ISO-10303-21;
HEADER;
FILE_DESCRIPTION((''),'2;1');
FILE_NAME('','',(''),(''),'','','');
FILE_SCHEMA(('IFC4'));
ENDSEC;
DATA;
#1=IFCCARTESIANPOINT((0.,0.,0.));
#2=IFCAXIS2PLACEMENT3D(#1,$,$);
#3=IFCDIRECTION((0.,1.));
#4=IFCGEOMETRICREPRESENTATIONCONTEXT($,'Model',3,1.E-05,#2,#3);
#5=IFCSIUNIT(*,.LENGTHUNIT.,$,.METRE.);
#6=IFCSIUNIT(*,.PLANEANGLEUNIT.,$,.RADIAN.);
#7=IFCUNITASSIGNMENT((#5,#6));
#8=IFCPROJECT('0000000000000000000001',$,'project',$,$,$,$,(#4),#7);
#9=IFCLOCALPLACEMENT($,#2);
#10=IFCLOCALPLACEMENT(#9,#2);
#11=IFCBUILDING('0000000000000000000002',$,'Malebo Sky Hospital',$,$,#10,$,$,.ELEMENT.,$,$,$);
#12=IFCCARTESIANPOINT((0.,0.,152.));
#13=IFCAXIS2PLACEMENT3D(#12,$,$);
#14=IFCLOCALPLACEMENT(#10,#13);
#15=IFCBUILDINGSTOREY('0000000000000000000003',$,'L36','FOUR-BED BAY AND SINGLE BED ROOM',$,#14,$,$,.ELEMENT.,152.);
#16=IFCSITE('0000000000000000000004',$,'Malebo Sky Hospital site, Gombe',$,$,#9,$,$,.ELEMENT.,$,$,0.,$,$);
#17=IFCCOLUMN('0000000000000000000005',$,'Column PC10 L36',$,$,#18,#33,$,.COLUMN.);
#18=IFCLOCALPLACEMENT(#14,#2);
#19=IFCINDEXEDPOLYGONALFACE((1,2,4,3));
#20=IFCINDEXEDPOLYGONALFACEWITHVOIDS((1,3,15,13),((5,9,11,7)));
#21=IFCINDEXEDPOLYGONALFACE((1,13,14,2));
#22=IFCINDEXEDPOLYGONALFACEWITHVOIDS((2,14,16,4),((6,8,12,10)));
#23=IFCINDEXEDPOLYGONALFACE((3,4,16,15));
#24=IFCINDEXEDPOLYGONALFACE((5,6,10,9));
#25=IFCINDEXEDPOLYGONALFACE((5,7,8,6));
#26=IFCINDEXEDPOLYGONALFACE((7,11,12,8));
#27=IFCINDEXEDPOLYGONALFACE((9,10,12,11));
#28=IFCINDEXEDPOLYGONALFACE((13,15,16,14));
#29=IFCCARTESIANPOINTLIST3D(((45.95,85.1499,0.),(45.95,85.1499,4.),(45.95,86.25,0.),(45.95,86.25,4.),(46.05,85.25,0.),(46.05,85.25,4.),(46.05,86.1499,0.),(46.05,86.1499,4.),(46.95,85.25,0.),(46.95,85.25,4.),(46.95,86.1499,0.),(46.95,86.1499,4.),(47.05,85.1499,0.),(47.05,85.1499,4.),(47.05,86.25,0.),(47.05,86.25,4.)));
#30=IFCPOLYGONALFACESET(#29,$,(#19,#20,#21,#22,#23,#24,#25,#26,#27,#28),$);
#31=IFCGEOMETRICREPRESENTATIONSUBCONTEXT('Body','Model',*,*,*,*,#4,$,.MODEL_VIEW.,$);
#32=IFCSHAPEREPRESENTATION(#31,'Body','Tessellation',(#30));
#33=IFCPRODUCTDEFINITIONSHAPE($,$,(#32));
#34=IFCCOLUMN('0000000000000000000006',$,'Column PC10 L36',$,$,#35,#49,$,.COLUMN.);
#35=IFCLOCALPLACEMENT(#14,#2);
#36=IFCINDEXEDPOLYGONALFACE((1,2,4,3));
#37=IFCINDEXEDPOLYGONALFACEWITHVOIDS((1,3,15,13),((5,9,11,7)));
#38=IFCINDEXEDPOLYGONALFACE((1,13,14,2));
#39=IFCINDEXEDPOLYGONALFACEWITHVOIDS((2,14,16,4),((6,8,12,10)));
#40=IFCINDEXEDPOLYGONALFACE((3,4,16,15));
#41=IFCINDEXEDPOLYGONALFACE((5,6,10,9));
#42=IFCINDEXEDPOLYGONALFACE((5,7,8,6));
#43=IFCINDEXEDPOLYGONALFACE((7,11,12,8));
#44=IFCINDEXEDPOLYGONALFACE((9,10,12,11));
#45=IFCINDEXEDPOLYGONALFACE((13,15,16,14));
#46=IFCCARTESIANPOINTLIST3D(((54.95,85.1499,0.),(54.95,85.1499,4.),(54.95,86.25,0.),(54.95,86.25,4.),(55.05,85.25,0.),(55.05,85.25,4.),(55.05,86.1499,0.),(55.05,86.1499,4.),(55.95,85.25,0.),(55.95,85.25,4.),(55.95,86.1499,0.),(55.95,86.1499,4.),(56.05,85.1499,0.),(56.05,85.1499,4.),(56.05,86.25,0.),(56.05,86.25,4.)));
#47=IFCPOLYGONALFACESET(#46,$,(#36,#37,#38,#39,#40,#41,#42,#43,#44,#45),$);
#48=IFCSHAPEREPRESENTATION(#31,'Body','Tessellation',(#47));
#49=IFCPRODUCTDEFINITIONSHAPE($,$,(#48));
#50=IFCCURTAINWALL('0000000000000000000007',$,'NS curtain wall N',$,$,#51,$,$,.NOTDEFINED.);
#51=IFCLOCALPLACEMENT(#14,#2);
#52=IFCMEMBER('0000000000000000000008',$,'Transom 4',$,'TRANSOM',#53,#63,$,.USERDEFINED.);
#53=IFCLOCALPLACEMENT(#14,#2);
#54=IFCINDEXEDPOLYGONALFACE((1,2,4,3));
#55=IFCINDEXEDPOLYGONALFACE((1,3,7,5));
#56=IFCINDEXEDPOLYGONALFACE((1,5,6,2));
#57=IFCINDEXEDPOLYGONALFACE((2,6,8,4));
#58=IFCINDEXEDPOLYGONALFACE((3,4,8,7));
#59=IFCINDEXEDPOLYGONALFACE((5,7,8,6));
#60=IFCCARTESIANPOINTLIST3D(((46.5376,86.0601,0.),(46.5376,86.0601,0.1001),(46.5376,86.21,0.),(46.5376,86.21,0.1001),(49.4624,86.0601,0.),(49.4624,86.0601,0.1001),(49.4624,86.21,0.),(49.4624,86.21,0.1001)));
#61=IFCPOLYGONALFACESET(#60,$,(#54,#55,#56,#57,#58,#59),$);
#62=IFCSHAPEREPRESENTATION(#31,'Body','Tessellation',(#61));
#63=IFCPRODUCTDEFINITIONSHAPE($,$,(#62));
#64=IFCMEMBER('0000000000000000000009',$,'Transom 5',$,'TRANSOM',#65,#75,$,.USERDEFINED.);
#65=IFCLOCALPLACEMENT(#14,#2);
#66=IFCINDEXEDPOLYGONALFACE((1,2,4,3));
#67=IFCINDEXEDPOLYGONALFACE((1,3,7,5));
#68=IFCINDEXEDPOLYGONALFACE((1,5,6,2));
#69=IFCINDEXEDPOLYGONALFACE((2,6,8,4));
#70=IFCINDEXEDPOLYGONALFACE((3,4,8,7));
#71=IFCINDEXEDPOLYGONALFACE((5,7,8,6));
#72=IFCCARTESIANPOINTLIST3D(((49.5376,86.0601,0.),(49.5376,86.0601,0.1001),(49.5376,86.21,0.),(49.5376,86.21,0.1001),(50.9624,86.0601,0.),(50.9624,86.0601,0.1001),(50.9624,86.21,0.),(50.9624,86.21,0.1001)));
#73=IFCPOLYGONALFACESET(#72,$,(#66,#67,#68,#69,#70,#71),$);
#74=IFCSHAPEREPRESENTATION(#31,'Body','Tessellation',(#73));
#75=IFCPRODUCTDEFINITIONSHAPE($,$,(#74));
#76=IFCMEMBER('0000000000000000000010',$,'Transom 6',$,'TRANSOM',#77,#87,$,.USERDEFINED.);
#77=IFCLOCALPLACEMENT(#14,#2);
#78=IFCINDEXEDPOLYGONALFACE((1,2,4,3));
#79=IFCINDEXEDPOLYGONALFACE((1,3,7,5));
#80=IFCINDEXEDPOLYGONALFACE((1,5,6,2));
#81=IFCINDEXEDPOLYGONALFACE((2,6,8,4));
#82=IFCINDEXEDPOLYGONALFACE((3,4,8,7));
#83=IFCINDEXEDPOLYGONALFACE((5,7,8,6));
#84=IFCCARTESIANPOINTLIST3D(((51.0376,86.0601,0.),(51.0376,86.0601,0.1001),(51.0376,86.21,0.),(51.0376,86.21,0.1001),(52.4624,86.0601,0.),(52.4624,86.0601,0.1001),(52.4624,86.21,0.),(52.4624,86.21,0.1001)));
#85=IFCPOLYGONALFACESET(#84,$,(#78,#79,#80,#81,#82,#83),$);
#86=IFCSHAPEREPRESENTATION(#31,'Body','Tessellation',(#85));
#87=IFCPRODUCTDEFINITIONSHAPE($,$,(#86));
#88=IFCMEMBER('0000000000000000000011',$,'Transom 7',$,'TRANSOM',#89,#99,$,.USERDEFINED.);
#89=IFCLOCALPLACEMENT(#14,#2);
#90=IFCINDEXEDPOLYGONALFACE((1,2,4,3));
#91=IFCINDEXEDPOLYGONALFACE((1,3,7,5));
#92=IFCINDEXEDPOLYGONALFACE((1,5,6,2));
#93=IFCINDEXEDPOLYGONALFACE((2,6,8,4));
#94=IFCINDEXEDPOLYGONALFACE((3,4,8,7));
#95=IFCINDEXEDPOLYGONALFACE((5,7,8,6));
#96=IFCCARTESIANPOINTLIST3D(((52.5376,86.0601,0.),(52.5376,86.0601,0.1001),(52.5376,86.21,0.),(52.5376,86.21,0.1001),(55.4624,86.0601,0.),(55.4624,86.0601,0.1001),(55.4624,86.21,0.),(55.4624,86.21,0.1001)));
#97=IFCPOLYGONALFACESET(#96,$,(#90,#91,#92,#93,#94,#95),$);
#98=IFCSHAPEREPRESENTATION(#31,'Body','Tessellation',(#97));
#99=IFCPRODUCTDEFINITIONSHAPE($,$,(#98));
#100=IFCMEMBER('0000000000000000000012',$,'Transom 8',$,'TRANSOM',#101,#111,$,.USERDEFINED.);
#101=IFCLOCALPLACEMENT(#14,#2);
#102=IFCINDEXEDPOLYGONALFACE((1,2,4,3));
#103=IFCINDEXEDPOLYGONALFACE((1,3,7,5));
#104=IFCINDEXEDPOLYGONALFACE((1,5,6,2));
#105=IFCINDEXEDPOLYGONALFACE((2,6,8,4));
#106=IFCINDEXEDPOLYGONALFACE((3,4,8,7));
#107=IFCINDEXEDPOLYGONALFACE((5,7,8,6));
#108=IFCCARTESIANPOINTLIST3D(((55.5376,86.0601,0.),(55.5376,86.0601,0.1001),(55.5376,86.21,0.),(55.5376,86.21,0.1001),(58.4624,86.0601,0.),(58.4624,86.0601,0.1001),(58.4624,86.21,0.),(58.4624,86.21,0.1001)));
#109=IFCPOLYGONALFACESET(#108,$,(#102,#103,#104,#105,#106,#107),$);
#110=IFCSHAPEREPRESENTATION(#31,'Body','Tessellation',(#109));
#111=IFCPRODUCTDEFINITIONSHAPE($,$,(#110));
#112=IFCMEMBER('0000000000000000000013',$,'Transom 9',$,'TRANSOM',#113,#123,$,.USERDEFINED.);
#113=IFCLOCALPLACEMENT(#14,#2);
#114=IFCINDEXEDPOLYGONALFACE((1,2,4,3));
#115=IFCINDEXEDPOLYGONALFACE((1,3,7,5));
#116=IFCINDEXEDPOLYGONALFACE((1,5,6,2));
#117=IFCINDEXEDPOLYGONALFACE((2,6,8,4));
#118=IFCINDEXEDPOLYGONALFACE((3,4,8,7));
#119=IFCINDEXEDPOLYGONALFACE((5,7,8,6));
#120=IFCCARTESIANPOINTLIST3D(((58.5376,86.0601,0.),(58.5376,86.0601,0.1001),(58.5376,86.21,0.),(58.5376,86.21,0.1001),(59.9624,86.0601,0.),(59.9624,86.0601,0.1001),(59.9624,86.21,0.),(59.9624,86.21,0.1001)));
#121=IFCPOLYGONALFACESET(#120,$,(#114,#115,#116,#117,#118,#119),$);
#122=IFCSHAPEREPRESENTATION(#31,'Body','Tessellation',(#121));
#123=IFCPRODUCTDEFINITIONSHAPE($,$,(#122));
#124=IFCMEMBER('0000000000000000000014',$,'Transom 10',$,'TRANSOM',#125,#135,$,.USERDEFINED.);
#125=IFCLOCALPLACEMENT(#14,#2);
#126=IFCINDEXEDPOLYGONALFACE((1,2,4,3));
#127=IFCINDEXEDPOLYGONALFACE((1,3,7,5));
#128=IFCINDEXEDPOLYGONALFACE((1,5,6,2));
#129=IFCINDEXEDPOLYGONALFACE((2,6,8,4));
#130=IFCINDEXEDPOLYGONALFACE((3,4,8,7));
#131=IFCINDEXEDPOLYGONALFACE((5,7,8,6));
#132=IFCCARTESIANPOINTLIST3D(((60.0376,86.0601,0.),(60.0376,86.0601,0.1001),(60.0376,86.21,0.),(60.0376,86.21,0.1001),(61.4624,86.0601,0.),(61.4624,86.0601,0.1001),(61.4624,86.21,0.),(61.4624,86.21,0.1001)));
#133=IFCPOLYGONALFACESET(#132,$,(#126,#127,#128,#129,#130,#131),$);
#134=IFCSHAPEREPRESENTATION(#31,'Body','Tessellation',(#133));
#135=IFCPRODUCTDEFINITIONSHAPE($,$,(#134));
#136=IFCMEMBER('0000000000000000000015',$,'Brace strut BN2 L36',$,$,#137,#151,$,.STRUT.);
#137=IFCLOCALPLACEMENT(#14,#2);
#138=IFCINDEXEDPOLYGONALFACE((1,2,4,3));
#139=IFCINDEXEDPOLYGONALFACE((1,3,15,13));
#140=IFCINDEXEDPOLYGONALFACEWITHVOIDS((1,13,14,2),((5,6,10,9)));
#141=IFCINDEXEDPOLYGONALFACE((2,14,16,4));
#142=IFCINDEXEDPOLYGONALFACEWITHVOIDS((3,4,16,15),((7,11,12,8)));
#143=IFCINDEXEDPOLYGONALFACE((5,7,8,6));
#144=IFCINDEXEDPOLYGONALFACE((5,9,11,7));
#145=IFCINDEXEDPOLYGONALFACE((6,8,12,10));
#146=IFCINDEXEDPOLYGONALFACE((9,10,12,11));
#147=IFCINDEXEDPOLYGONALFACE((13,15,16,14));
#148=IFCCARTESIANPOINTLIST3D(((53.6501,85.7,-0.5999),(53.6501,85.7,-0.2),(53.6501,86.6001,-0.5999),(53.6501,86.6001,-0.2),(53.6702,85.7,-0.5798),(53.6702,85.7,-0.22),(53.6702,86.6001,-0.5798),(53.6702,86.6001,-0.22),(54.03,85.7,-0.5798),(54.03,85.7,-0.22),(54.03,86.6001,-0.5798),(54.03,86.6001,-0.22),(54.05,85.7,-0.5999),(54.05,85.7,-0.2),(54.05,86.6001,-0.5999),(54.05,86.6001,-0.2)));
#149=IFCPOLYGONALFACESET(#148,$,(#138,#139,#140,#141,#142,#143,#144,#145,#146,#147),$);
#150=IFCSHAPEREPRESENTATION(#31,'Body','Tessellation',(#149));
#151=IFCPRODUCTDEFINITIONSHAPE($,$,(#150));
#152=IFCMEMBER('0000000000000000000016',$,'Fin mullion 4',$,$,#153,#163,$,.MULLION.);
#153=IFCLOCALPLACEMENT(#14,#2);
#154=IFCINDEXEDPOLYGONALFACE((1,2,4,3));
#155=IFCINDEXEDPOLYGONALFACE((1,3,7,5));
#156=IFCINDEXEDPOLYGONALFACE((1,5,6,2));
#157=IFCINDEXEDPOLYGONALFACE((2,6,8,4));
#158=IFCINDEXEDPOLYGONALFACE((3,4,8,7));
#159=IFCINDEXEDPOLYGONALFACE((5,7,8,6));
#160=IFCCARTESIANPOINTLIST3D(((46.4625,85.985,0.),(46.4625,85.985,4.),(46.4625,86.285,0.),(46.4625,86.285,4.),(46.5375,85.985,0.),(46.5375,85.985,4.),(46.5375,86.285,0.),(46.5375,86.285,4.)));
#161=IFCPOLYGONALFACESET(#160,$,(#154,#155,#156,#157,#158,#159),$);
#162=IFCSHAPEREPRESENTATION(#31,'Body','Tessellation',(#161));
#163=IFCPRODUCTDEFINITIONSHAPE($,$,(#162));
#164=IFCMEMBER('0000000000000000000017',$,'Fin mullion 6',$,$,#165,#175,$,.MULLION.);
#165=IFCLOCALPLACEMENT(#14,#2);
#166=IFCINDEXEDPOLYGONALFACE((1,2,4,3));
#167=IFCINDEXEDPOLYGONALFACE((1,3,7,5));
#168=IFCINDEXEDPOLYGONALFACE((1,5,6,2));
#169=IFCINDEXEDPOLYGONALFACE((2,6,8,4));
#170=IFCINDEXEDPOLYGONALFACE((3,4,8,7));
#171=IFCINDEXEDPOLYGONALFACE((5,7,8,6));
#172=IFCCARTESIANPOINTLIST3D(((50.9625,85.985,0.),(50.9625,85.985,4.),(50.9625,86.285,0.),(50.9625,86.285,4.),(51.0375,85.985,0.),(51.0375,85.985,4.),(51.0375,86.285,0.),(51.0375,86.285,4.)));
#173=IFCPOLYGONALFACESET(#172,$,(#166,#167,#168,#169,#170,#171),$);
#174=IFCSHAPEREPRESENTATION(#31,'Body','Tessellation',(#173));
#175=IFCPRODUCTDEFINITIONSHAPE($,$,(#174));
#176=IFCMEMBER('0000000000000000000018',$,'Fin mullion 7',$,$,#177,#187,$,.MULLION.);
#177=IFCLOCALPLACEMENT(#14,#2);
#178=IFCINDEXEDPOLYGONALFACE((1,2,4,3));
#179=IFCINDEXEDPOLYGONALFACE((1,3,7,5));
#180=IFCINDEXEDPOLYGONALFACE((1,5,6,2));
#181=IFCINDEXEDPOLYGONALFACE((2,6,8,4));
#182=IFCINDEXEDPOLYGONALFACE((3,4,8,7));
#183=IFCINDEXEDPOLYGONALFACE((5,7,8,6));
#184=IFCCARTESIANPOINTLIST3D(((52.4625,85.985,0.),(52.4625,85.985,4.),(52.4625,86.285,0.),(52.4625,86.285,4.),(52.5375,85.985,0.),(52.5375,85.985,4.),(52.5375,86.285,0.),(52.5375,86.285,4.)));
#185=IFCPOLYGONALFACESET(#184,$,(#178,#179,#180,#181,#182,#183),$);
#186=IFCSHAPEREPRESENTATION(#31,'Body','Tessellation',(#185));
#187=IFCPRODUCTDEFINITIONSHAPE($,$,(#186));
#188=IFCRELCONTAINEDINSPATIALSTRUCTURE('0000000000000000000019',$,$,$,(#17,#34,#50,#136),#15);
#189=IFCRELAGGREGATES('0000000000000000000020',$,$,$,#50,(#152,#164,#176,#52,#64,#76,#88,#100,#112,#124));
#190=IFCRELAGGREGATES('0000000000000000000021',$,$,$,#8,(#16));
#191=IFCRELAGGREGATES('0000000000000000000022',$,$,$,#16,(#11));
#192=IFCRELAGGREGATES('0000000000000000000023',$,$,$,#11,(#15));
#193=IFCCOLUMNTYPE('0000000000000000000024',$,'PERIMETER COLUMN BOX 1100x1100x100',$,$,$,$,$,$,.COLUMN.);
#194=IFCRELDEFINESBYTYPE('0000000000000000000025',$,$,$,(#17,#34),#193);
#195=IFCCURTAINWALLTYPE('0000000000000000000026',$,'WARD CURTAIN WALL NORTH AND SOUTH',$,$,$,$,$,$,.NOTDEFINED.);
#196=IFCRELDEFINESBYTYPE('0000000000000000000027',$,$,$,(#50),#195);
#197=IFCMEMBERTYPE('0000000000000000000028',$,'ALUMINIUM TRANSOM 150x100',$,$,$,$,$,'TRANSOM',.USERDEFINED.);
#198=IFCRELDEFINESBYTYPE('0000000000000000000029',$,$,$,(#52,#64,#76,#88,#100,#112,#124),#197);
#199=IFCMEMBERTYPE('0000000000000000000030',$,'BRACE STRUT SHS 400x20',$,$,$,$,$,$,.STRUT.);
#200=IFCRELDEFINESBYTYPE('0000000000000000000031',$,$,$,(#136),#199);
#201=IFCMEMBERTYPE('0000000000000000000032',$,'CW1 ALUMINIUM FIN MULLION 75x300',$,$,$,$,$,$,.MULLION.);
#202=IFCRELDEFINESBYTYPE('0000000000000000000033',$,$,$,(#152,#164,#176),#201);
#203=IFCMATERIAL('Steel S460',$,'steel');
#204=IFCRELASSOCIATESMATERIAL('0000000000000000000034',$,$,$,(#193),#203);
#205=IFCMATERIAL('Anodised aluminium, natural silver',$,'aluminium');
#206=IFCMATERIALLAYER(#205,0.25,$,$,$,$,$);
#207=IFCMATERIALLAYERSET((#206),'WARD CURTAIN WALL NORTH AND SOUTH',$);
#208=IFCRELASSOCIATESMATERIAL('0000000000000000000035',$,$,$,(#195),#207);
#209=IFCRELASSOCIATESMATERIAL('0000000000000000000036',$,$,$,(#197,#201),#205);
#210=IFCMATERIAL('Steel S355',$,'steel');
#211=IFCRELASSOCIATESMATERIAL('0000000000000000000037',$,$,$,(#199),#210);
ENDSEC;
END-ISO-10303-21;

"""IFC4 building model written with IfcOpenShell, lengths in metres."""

from ifc_helpers import new_model, si_unit, direction, frame, origin, origin_2d, place, context, subcontext, project, spatial, rectangle, hollow_rectangle, extrude, material, layer, layer_set, material_profile, profile_set, type_object, element, aggregate, save


model = new_model("IFC4")

# Units and contexts
model_context = context("Model", 3, precision=1e-05, world=origin(), true_north=direction((0.0, 1.0)))
body_context = subcontext(model_context, "Body", "Model", "MODEL_VIEW")
ifc_project = project(units=[si_unit("LENGTHUNIT", "METRE"), si_unit("PLANEANGLEUNIT", "RADIAN")], contexts=[model_context])

# Site, building, storey
site_placement = place(None, origin())
site = spatial("IfcSite", under=ifc_project, at=site_placement, Name="Malebo Sky Hospital site, Gombe", CompositionType="ELEMENT", RefElevation=0.0)
building_placement = place(site_placement, origin())
building = spatial("IfcBuilding", under=site, at=building_placement, Name="Malebo Sky Hospital", CompositionType="ELEMENT")
storey_placement = place(building_placement, frame((0.0, 0.0, 152.0)))
storey = spatial("IfcBuildingStorey", under=building, at=storey_placement, Name="L36", Description="FOUR-BED BAY AND SINGLE BED ROOM", CompositionType="ELEMENT", Elevation=152.0)

# Columns
ifc_material_1 = material(Name="Steel S460", Category="steel")
ifc_material_profile_1 = material_profile(ifc_material_1, hollow_rectangle(XDim=1.1001, YDim=1.1001, WallThickness=0.1001, at=origin_2d()), Name="BOX 1100x1100x100")
ifc_profile_set_1 = profile_set([ifc_material_profile_1], Name="Steel S460")
column_type = type_object("IfcColumnType", Name="PERIMETER COLUMN BOX 1100x1100x100", PredefinedType="COLUMN", material=ifc_profile_set_1)
for number, where, z_axis, x_axis, name in (
    (1, (46.5, 85.7, 0.0), (0.0, 0.0, 1.0), (1.0, 0.0, 0.0), "Column PC10 L36"),
    (2, (55.5, 85.7, 0.0), (0.0, 0.0, 1.0), (1.0, 0.0, 0.0), "Column PC10 L36"),
):
    element("IfcColumn", number, at=place(storey_placement, frame(where, z_axis=z_axis, x_axis=x_axis)), inside=storey, type_object=column_type, Name=name, PredefinedType="COLUMN", context=body_context, shape_type="SweptSolid", body=[
        extrude(hollow_rectangle(XDim=1.1001, YDim=1.1001, WallThickness=0.1001, at=origin_2d()), origin(), (0.0, 0.0, 1.0), 4.0),
    ])

# Curtain wall, members
ifc_material_2 = material(Name="Anodised aluminium, natural silver", Category="aluminium")
ifc_layer_1 = layer(ifc_material_2, 0.25)
ifc_layer_set_1 = layer_set([ifc_layer_1], Name="WARD CURTAIN WALL NORTH AND SOUTH")
curtain_wall_type = type_object("IfcCurtainWallType", Name="WARD CURTAIN WALL NORTH AND SOUTH", PredefinedType="NOTDEFINED", material=ifc_layer_set_1)
curtain_wall_placement = place(storey_placement, origin())
curtain_wall = element("IfcCurtainWall", 3, at=curtain_wall_placement, inside=storey, type_object=curtain_wall_type, Name="NS curtain wall N", PredefinedType="NOTDEFINED")
ifc_material_profile_2 = material_profile(ifc_material_2, rectangle(XDim=0.1499, YDim=0.1001, at=origin_2d()), Name="ALUMINIUM TRANSOM 150x100")
ifc_profile_set_2 = profile_set([ifc_material_profile_2], Name="Anodised aluminium, natural silver")
member_type_1 = type_object("IfcMemberType", Name="ALUMINIUM TRANSOM 150x100", ElementType="TRANSOM", PredefinedType="USERDEFINED", material=ifc_profile_set_2)
member_1_placement = place(storey_placement, frame((46.5376, 86.135, 0.05), z_axis=(1.0, 0.0, 0.0), x_axis=(0.0, 1.0, 0.0)))
member_1 = element("IfcMember", 4, at=member_1_placement, type_object=member_type_1, Name="Transom 4", ObjectType="TRANSOM", PredefinedType="USERDEFINED", context=body_context, shape_type="SweptSolid", body=[
    extrude(rectangle(XDim=0.1499, YDim=0.1001, at=origin_2d()), origin(), (0.0, 0.0, 1.0), 2.9248),
])
member_2_placement = place(storey_placement, frame((49.5376, 86.135, 0.05), z_axis=(1.0, 0.0, 0.0), x_axis=(0.0, 1.0, 0.0)))
member_2 = element("IfcMember", 5, at=member_2_placement, type_object=member_type_1, Name="Transom 5", ObjectType="TRANSOM", PredefinedType="USERDEFINED", context=body_context, shape_type="SweptSolid", body=[
    extrude(rectangle(XDim=0.1499, YDim=0.1001, at=origin_2d()), origin(), (0.0, 0.0, 1.0), 1.4248),
])
member_3_placement = place(storey_placement, frame((51.0376, 86.135, 0.05), z_axis=(1.0, 0.0, 0.0), x_axis=(0.0, 1.0, 0.0)))
member_3 = element("IfcMember", 6, at=member_3_placement, type_object=member_type_1, Name="Transom 6", ObjectType="TRANSOM", PredefinedType="USERDEFINED", context=body_context, shape_type="SweptSolid", body=[
    extrude(rectangle(XDim=0.1499, YDim=0.1001, at=origin_2d()), origin(), (0.0, 0.0, 1.0), 1.4248),
])
member_4_placement = place(storey_placement, frame((52.5376, 86.135, 0.05), z_axis=(1.0, 0.0, 0.0), x_axis=(0.0, 1.0, 0.0)))
member_4 = element("IfcMember", 7, at=member_4_placement, type_object=member_type_1, Name="Transom 7", ObjectType="TRANSOM", PredefinedType="USERDEFINED", context=body_context, shape_type="SweptSolid", body=[
    extrude(rectangle(XDim=0.1499, YDim=0.1001, at=origin_2d()), origin(), (0.0, 0.0, 1.0), 2.9248),
])
member_5_placement = place(storey_placement, frame((55.5376, 86.135, 0.05), z_axis=(1.0, 0.0, 0.0), x_axis=(0.0, 1.0, 0.0)))
member_5 = element("IfcMember", 8, at=member_5_placement, type_object=member_type_1, Name="Transom 8", ObjectType="TRANSOM", PredefinedType="USERDEFINED", context=body_context, shape_type="SweptSolid", body=[
    extrude(rectangle(XDim=0.1499, YDim=0.1001, at=origin_2d()), origin(), (0.0, 0.0, 1.0), 2.9248),
])
member_6_placement = place(storey_placement, frame((58.5376, 86.135, 0.05), z_axis=(1.0, 0.0, 0.0), x_axis=(0.0, 1.0, 0.0)))
member_6 = element("IfcMember", 9, at=member_6_placement, type_object=member_type_1, Name="Transom 9", ObjectType="TRANSOM", PredefinedType="USERDEFINED", context=body_context, shape_type="SweptSolid", body=[
    extrude(rectangle(XDim=0.1499, YDim=0.1001, at=origin_2d()), origin(), (0.0, 0.0, 1.0), 1.4248),
])
member_7_placement = place(storey_placement, frame((60.0376, 86.135, 0.05), z_axis=(1.0, 0.0, 0.0), x_axis=(0.0, 1.0, 0.0)))
member_7 = element("IfcMember", 10, at=member_7_placement, type_object=member_type_1, Name="Transom 10", ObjectType="TRANSOM", PredefinedType="USERDEFINED", context=body_context, shape_type="SweptSolid", body=[
    extrude(rectangle(XDim=0.1499, YDim=0.1001, at=origin_2d()), origin(), (0.0, 0.0, 1.0), 1.4248),
])

# Members
ifc_material_3 = material(Name="Steel S355", Category="steel")
ifc_material_profile_3 = material_profile(ifc_material_3, hollow_rectangle(XDim=0.3999, YDim=0.3999, WallThickness=0.02, at=origin_2d()), Name="SHS 400x20")
ifc_profile_set_3 = profile_set([ifc_material_profile_3], Name="Steel S355")
member_type_2 = type_object("IfcMemberType", Name="BRACE STRUT SHS 400x20", PredefinedType="STRUT", material=ifc_profile_set_3)
member_8_placement = place(storey_placement, frame((53.8501, 86.6001, -0.3999), z_axis=(0.0, -1.0, 0.0), x_axis=(1.0, 0.0, 0.0)))
element("IfcMember", 11, at=member_8_placement, inside=storey, type_object=member_type_2, Name="Brace strut BN2 L36", PredefinedType="STRUT", context=body_context, shape_type="SweptSolid", body=[
    extrude(hollow_rectangle(XDim=0.3999, YDim=0.3999, WallThickness=0.02, at=origin_2d()), origin(), (0.0, 0.0, 1.0), 0.9001),
])
ifc_material_profile_4 = material_profile(ifc_material_2, rectangle(XDim=0.075, YDim=0.3, at=origin_2d()), Name="CW1 ALUMINIUM FIN MULLION 75x300")
ifc_profile_set_4 = profile_set([ifc_material_profile_4], Name="Anodised aluminium, natural silver")
member_type_3 = type_object("IfcMemberType", Name="CW1 ALUMINIUM FIN MULLION 75x300", PredefinedType="MULLION", material=ifc_profile_set_4)
member_9_placement = place(storey_placement, frame((46.5, 86.135, 0.0), z_axis=(0.0, 0.0, 1.0), x_axis=(1.0, 0.0, 0.0)))
member_9 = element("IfcMember", 12, at=member_9_placement, type_object=member_type_3, Name="Fin mullion 4", PredefinedType="MULLION", context=body_context, shape_type="SweptSolid", body=[
    extrude(rectangle(XDim=0.075, YDim=0.3, at=origin_2d()), origin(), (0.0, 0.0, 1.0), 4.0),
])
member_10_placement = place(storey_placement, frame((51.0, 86.135, 0.0), z_axis=(0.0, 0.0, 1.0), x_axis=(1.0, 0.0, 0.0)))
member_10 = element("IfcMember", 13, at=member_10_placement, type_object=member_type_3, Name="Fin mullion 6", PredefinedType="MULLION", context=body_context, shape_type="SweptSolid", body=[
    extrude(rectangle(XDim=0.075, YDim=0.3, at=origin_2d()), origin(), (0.0, 0.0, 1.0), 4.0),
])
member_11_placement = place(storey_placement, frame((52.5, 86.135, 0.0), z_axis=(0.0, 0.0, 1.0), x_axis=(1.0, 0.0, 0.0)))
member_11 = element("IfcMember", 14, at=member_11_placement, type_object=member_type_3, Name="Fin mullion 7", PredefinedType="MULLION", context=body_context, shape_type="SweptSolid", body=[
    extrude(rectangle(XDim=0.075, YDim=0.3, at=origin_2d()), origin(), (0.0, 0.0, 1.0), 4.0),
])

aggregate(curtain_wall, [member_9, member_10, member_11, member_1, member_2, member_3, member_4, member_5, member_6, member_7])

save(model, "model.ifc")
